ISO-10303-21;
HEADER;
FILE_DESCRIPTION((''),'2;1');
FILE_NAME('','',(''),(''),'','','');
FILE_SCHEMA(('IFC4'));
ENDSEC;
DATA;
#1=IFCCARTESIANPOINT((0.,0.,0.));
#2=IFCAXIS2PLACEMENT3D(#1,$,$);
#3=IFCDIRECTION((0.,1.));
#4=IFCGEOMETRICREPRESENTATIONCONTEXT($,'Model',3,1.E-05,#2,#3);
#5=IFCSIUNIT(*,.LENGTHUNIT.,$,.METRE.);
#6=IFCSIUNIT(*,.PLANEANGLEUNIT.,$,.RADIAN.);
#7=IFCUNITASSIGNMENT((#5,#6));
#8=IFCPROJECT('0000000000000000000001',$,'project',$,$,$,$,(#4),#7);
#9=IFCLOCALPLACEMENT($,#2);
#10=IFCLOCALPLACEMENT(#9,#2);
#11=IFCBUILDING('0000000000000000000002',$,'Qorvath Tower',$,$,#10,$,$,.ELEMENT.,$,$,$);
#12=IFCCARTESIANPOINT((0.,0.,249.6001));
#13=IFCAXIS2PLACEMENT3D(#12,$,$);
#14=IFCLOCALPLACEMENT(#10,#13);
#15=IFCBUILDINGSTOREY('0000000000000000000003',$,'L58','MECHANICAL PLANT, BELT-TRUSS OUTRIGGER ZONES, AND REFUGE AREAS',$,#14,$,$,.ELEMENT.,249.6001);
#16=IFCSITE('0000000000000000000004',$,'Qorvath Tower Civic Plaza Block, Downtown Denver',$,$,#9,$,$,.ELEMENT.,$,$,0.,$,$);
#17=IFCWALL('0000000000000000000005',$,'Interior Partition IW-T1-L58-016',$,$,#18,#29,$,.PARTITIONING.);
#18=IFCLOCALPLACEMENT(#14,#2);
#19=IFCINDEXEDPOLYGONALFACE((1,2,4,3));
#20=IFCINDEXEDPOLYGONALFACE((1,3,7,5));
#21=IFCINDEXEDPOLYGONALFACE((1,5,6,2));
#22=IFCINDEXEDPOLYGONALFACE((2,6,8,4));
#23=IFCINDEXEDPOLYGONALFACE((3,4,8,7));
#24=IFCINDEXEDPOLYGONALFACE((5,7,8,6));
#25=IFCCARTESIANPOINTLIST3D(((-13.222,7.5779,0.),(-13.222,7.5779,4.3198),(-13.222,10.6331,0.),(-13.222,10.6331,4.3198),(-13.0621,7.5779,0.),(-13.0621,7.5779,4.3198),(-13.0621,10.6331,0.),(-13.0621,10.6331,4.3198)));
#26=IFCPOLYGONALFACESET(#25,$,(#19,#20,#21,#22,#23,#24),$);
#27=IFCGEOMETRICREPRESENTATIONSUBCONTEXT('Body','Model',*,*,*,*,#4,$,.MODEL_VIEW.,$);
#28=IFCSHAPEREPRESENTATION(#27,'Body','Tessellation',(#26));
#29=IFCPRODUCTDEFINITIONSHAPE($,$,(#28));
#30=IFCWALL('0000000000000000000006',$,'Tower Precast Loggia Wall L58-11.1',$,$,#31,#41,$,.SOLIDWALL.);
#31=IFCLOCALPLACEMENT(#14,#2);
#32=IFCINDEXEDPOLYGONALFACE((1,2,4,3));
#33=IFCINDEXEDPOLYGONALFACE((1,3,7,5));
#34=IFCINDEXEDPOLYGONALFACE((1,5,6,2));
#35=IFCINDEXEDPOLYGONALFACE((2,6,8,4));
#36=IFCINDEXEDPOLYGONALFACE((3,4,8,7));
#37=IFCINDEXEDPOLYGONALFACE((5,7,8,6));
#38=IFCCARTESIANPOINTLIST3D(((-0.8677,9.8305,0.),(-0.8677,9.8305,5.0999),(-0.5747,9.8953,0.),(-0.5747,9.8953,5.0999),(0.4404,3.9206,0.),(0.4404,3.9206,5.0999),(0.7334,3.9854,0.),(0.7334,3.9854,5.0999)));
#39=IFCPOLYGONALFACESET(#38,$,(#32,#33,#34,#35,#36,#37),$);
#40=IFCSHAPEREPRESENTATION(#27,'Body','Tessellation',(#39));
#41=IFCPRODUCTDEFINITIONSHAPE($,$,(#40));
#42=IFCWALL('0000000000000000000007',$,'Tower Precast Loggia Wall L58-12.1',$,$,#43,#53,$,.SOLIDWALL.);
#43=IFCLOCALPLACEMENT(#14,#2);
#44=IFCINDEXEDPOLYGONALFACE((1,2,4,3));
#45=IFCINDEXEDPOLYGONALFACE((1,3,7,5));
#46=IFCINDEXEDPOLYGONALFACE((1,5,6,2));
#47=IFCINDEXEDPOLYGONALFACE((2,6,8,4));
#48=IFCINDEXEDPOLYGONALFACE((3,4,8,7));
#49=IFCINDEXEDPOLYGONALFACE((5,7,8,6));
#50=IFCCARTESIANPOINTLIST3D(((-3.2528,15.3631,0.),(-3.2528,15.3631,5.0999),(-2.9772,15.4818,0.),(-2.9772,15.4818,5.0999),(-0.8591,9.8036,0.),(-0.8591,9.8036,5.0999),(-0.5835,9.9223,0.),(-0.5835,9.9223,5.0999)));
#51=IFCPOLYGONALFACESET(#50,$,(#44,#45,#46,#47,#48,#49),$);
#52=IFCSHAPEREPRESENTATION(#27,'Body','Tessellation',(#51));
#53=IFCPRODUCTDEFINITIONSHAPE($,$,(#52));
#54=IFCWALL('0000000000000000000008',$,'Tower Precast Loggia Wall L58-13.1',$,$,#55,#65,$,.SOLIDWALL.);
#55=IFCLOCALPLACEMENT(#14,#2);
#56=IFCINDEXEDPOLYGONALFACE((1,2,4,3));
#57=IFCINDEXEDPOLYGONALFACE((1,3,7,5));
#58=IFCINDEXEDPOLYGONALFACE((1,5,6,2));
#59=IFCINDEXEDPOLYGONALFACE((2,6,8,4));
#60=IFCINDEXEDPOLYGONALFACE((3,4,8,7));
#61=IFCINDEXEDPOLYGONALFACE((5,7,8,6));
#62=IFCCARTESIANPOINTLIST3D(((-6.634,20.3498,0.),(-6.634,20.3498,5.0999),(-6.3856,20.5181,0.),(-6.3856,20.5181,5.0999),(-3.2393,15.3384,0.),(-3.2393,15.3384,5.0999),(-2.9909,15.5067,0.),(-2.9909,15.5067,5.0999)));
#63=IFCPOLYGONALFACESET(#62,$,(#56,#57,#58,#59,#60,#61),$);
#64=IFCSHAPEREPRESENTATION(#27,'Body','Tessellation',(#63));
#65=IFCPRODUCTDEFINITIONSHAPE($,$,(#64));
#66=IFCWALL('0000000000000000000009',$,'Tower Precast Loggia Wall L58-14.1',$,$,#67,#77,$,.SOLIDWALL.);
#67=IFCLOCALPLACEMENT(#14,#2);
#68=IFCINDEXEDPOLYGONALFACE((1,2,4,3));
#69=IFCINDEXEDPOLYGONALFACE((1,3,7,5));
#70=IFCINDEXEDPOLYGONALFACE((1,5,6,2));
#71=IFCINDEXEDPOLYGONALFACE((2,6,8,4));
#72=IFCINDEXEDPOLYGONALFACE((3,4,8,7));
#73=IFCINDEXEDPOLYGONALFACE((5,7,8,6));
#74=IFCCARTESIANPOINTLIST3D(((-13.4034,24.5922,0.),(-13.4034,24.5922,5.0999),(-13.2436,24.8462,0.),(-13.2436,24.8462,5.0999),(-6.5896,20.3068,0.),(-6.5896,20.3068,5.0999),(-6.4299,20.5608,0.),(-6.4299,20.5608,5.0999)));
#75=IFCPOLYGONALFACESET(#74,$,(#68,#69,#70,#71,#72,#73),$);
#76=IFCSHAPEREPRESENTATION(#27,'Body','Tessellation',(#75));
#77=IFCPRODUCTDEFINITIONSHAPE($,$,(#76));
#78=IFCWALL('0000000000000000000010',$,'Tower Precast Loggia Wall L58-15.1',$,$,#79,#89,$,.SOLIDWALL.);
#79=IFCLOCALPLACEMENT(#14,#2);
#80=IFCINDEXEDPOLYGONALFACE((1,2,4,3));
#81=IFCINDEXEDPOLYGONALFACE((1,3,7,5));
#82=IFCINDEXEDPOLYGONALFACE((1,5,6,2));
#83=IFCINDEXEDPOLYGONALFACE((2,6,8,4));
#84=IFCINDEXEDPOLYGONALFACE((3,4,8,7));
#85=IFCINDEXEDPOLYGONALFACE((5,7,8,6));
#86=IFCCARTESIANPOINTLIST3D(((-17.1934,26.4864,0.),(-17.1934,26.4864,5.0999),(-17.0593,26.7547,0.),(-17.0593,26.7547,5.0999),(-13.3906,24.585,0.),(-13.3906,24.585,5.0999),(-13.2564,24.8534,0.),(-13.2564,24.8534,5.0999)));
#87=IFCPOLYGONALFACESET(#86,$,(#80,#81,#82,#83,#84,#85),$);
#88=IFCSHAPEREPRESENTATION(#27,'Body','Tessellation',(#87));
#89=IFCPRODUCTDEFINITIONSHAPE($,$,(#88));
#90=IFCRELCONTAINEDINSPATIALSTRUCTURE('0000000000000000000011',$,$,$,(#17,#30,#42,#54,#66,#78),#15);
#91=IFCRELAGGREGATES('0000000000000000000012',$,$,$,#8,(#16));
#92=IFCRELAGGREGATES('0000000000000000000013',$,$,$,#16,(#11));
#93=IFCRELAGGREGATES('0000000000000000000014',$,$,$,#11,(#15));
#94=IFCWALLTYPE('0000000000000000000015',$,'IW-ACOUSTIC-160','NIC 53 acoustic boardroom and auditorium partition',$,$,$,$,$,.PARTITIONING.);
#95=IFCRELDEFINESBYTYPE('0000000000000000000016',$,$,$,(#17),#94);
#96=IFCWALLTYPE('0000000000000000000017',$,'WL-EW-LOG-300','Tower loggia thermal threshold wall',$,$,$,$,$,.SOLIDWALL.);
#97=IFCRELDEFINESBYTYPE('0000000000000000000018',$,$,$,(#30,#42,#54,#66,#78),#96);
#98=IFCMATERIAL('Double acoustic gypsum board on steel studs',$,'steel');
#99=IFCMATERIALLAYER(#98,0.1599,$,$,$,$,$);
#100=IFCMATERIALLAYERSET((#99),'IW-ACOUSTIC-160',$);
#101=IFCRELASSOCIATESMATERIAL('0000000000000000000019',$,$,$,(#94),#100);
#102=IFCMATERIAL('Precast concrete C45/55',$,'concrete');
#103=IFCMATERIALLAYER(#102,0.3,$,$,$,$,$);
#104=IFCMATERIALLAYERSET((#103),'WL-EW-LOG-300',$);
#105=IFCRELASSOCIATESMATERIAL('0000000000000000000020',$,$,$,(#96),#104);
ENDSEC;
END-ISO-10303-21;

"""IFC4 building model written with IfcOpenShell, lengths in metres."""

from ifc_helpers import new_model, si_unit, direction, frame, frame_2d, origin, place, context, subcontext, project, spatial, rectangle, extrude, material, layer, layer_set, type_object, element, save


model = new_model("IFC4")

# Units and contexts
model_context = context("Model", 3, precision=1e-05, world=origin(), true_north=direction((0.0, 1.0)))
body_context = subcontext(model_context, "Body", "Model", "MODEL_VIEW")
ifc_project = project(units=[si_unit("LENGTHUNIT", "METRE"), si_unit("PLANEANGLEUNIT", "RADIAN")], contexts=[model_context])

# Site, building, storey
site_placement = place(None, origin())
site = spatial("IfcSite", under=ifc_project, at=site_placement, Name="Qorvath Tower Civic Plaza Block, Downtown Denver", CompositionType="ELEMENT", RefElevation=0.0)
building_placement = place(site_placement, origin())
building = spatial("IfcBuilding", under=site, at=building_placement, Name="Qorvath Tower", CompositionType="ELEMENT")
storey_placement = place(building_placement, frame((0.0, 0.0, 249.6001)))
storey = spatial("IfcBuildingStorey", under=building, at=storey_placement, Name="L58", Description="MECHANICAL PLANT, BELT-TRUSS OUTRIGGER ZONES, AND REFUGE AREAS", CompositionType="ELEMENT", Elevation=249.6001)

# Walls
ifc_material_1 = material(Name="Double acoustic gypsum board on steel studs", Category="steel")
ifc_layer_1 = layer(ifc_material_1, 0.1599)
ifc_layer_set_1 = layer_set([ifc_layer_1], Name="IW-ACOUSTIC-160")
wall_type_1 = type_object("IfcWallType", Name="IW-ACOUSTIC-160", Description="NIC 53 acoustic boardroom and auditorium partition", PredefinedType="PARTITIONING", material=ifc_layer_set_1)
wall_1_placement = place(storey_placement, frame((-13.1421, 10.6331, 0.0), z_axis=(0.0, 0.0, 1.0), x_axis=(0.0, -1.0, 0.0)))
element("IfcWall", 1, at=wall_1_placement, inside=storey, type_object=wall_type_1, Name="Interior Partition IW-T1-L58-016", PredefinedType="PARTITIONING", context=body_context, shape_type="SweptSolid", body=[
    extrude(rectangle(XDim=3.0552, YDim=0.1599, at=frame_2d((1.5276, 0.0))), origin(), (0.0, 0.0, 1.0), 4.3198),
])
ifc_material_2 = material(Name="Precast concrete C45/55", Category="concrete")
ifc_layer_2 = layer(ifc_material_2, 0.3)
ifc_layer_set_2 = layer_set([ifc_layer_2], Name="WL-EW-LOG-300")
wall_type_2 = type_object("IfcWallType", Name="WL-EW-LOG-300", Description="Tower loggia thermal threshold wall", PredefinedType="SOLIDWALL", material=ifc_layer_set_2)
for number, where, z_axis, x_axis, name in (
    (2, (-0.7212, 9.8628, 0.0), (0.0, 0.0, 1.0), (0.21611, -0.976369, 0.0), "Tower Precast Loggia Wall L58-11.1"),
    (3, (-3.115, 15.4224, 0.0), (0.0, 0.0, 1.0), (0.395472, -0.918478, 0.0), "Tower Precast Loggia Wall L58-12.1"),
    (4, (-6.5098, 20.4338, 0.0), (0.0, 0.0, 1.0), (0.560837, -0.827926, 0.0), "Tower Precast Loggia Wall L58-13.1"),
):
    element("IfcWall", number, at=place(storey_placement, frame(where, z_axis=z_axis, x_axis=x_axis)), inside=storey, type_object=wall_type_2, Name=name, PredefinedType="SOLIDWALL", context=body_context, shape_type="SweptSolid", body=[
        extrude(rectangle(XDim=6.053, YDim=0.3, at=frame_2d((3.0264, 0.0))), origin(), (0.0, 0.0, 1.0), 5.0999),
    ])
wall_2_placement = place(storey_placement, frame((-13.3235, 24.7192, 0.0), z_axis=(0.0, 0.0, 1.0), x_axis=(0.846497, -0.532393, 0.0)))
element("IfcWall", 5, at=wall_2_placement, inside=storey, type_object=wall_type_2, Name="Tower Precast Loggia Wall L58-14.1", PredefinedType="SOLIDWALL", context=body_context, shape_type="SweptSolid", body=[
    extrude(rectangle(XDim=8.0493, YDim=0.3, at=frame_2d((4.0247, 0.0))), origin(), (0.0, 0.0, 1.0), 5.0999),
])
wall_3_placement = place(storey_placement, frame((-17.1265, 26.6206, 0.0), z_axis=(0.0, 0.0, 1.0), x_axis=(0.894439, -0.447191, 0.0)))
element("IfcWall", 6, at=wall_3_placement, inside=storey, type_object=wall_type_2, Name="Tower Precast Loggia Wall L58-15.1", PredefinedType="SOLIDWALL", context=body_context, shape_type="SweptSolid", body=[
    extrude(rectangle(XDim=4.2517, YDim=0.3, at=frame_2d((2.126, 0.0))), origin(), (0.0, 0.0, 1.0), 5.0999),
])

save(model, "model.ifc")
